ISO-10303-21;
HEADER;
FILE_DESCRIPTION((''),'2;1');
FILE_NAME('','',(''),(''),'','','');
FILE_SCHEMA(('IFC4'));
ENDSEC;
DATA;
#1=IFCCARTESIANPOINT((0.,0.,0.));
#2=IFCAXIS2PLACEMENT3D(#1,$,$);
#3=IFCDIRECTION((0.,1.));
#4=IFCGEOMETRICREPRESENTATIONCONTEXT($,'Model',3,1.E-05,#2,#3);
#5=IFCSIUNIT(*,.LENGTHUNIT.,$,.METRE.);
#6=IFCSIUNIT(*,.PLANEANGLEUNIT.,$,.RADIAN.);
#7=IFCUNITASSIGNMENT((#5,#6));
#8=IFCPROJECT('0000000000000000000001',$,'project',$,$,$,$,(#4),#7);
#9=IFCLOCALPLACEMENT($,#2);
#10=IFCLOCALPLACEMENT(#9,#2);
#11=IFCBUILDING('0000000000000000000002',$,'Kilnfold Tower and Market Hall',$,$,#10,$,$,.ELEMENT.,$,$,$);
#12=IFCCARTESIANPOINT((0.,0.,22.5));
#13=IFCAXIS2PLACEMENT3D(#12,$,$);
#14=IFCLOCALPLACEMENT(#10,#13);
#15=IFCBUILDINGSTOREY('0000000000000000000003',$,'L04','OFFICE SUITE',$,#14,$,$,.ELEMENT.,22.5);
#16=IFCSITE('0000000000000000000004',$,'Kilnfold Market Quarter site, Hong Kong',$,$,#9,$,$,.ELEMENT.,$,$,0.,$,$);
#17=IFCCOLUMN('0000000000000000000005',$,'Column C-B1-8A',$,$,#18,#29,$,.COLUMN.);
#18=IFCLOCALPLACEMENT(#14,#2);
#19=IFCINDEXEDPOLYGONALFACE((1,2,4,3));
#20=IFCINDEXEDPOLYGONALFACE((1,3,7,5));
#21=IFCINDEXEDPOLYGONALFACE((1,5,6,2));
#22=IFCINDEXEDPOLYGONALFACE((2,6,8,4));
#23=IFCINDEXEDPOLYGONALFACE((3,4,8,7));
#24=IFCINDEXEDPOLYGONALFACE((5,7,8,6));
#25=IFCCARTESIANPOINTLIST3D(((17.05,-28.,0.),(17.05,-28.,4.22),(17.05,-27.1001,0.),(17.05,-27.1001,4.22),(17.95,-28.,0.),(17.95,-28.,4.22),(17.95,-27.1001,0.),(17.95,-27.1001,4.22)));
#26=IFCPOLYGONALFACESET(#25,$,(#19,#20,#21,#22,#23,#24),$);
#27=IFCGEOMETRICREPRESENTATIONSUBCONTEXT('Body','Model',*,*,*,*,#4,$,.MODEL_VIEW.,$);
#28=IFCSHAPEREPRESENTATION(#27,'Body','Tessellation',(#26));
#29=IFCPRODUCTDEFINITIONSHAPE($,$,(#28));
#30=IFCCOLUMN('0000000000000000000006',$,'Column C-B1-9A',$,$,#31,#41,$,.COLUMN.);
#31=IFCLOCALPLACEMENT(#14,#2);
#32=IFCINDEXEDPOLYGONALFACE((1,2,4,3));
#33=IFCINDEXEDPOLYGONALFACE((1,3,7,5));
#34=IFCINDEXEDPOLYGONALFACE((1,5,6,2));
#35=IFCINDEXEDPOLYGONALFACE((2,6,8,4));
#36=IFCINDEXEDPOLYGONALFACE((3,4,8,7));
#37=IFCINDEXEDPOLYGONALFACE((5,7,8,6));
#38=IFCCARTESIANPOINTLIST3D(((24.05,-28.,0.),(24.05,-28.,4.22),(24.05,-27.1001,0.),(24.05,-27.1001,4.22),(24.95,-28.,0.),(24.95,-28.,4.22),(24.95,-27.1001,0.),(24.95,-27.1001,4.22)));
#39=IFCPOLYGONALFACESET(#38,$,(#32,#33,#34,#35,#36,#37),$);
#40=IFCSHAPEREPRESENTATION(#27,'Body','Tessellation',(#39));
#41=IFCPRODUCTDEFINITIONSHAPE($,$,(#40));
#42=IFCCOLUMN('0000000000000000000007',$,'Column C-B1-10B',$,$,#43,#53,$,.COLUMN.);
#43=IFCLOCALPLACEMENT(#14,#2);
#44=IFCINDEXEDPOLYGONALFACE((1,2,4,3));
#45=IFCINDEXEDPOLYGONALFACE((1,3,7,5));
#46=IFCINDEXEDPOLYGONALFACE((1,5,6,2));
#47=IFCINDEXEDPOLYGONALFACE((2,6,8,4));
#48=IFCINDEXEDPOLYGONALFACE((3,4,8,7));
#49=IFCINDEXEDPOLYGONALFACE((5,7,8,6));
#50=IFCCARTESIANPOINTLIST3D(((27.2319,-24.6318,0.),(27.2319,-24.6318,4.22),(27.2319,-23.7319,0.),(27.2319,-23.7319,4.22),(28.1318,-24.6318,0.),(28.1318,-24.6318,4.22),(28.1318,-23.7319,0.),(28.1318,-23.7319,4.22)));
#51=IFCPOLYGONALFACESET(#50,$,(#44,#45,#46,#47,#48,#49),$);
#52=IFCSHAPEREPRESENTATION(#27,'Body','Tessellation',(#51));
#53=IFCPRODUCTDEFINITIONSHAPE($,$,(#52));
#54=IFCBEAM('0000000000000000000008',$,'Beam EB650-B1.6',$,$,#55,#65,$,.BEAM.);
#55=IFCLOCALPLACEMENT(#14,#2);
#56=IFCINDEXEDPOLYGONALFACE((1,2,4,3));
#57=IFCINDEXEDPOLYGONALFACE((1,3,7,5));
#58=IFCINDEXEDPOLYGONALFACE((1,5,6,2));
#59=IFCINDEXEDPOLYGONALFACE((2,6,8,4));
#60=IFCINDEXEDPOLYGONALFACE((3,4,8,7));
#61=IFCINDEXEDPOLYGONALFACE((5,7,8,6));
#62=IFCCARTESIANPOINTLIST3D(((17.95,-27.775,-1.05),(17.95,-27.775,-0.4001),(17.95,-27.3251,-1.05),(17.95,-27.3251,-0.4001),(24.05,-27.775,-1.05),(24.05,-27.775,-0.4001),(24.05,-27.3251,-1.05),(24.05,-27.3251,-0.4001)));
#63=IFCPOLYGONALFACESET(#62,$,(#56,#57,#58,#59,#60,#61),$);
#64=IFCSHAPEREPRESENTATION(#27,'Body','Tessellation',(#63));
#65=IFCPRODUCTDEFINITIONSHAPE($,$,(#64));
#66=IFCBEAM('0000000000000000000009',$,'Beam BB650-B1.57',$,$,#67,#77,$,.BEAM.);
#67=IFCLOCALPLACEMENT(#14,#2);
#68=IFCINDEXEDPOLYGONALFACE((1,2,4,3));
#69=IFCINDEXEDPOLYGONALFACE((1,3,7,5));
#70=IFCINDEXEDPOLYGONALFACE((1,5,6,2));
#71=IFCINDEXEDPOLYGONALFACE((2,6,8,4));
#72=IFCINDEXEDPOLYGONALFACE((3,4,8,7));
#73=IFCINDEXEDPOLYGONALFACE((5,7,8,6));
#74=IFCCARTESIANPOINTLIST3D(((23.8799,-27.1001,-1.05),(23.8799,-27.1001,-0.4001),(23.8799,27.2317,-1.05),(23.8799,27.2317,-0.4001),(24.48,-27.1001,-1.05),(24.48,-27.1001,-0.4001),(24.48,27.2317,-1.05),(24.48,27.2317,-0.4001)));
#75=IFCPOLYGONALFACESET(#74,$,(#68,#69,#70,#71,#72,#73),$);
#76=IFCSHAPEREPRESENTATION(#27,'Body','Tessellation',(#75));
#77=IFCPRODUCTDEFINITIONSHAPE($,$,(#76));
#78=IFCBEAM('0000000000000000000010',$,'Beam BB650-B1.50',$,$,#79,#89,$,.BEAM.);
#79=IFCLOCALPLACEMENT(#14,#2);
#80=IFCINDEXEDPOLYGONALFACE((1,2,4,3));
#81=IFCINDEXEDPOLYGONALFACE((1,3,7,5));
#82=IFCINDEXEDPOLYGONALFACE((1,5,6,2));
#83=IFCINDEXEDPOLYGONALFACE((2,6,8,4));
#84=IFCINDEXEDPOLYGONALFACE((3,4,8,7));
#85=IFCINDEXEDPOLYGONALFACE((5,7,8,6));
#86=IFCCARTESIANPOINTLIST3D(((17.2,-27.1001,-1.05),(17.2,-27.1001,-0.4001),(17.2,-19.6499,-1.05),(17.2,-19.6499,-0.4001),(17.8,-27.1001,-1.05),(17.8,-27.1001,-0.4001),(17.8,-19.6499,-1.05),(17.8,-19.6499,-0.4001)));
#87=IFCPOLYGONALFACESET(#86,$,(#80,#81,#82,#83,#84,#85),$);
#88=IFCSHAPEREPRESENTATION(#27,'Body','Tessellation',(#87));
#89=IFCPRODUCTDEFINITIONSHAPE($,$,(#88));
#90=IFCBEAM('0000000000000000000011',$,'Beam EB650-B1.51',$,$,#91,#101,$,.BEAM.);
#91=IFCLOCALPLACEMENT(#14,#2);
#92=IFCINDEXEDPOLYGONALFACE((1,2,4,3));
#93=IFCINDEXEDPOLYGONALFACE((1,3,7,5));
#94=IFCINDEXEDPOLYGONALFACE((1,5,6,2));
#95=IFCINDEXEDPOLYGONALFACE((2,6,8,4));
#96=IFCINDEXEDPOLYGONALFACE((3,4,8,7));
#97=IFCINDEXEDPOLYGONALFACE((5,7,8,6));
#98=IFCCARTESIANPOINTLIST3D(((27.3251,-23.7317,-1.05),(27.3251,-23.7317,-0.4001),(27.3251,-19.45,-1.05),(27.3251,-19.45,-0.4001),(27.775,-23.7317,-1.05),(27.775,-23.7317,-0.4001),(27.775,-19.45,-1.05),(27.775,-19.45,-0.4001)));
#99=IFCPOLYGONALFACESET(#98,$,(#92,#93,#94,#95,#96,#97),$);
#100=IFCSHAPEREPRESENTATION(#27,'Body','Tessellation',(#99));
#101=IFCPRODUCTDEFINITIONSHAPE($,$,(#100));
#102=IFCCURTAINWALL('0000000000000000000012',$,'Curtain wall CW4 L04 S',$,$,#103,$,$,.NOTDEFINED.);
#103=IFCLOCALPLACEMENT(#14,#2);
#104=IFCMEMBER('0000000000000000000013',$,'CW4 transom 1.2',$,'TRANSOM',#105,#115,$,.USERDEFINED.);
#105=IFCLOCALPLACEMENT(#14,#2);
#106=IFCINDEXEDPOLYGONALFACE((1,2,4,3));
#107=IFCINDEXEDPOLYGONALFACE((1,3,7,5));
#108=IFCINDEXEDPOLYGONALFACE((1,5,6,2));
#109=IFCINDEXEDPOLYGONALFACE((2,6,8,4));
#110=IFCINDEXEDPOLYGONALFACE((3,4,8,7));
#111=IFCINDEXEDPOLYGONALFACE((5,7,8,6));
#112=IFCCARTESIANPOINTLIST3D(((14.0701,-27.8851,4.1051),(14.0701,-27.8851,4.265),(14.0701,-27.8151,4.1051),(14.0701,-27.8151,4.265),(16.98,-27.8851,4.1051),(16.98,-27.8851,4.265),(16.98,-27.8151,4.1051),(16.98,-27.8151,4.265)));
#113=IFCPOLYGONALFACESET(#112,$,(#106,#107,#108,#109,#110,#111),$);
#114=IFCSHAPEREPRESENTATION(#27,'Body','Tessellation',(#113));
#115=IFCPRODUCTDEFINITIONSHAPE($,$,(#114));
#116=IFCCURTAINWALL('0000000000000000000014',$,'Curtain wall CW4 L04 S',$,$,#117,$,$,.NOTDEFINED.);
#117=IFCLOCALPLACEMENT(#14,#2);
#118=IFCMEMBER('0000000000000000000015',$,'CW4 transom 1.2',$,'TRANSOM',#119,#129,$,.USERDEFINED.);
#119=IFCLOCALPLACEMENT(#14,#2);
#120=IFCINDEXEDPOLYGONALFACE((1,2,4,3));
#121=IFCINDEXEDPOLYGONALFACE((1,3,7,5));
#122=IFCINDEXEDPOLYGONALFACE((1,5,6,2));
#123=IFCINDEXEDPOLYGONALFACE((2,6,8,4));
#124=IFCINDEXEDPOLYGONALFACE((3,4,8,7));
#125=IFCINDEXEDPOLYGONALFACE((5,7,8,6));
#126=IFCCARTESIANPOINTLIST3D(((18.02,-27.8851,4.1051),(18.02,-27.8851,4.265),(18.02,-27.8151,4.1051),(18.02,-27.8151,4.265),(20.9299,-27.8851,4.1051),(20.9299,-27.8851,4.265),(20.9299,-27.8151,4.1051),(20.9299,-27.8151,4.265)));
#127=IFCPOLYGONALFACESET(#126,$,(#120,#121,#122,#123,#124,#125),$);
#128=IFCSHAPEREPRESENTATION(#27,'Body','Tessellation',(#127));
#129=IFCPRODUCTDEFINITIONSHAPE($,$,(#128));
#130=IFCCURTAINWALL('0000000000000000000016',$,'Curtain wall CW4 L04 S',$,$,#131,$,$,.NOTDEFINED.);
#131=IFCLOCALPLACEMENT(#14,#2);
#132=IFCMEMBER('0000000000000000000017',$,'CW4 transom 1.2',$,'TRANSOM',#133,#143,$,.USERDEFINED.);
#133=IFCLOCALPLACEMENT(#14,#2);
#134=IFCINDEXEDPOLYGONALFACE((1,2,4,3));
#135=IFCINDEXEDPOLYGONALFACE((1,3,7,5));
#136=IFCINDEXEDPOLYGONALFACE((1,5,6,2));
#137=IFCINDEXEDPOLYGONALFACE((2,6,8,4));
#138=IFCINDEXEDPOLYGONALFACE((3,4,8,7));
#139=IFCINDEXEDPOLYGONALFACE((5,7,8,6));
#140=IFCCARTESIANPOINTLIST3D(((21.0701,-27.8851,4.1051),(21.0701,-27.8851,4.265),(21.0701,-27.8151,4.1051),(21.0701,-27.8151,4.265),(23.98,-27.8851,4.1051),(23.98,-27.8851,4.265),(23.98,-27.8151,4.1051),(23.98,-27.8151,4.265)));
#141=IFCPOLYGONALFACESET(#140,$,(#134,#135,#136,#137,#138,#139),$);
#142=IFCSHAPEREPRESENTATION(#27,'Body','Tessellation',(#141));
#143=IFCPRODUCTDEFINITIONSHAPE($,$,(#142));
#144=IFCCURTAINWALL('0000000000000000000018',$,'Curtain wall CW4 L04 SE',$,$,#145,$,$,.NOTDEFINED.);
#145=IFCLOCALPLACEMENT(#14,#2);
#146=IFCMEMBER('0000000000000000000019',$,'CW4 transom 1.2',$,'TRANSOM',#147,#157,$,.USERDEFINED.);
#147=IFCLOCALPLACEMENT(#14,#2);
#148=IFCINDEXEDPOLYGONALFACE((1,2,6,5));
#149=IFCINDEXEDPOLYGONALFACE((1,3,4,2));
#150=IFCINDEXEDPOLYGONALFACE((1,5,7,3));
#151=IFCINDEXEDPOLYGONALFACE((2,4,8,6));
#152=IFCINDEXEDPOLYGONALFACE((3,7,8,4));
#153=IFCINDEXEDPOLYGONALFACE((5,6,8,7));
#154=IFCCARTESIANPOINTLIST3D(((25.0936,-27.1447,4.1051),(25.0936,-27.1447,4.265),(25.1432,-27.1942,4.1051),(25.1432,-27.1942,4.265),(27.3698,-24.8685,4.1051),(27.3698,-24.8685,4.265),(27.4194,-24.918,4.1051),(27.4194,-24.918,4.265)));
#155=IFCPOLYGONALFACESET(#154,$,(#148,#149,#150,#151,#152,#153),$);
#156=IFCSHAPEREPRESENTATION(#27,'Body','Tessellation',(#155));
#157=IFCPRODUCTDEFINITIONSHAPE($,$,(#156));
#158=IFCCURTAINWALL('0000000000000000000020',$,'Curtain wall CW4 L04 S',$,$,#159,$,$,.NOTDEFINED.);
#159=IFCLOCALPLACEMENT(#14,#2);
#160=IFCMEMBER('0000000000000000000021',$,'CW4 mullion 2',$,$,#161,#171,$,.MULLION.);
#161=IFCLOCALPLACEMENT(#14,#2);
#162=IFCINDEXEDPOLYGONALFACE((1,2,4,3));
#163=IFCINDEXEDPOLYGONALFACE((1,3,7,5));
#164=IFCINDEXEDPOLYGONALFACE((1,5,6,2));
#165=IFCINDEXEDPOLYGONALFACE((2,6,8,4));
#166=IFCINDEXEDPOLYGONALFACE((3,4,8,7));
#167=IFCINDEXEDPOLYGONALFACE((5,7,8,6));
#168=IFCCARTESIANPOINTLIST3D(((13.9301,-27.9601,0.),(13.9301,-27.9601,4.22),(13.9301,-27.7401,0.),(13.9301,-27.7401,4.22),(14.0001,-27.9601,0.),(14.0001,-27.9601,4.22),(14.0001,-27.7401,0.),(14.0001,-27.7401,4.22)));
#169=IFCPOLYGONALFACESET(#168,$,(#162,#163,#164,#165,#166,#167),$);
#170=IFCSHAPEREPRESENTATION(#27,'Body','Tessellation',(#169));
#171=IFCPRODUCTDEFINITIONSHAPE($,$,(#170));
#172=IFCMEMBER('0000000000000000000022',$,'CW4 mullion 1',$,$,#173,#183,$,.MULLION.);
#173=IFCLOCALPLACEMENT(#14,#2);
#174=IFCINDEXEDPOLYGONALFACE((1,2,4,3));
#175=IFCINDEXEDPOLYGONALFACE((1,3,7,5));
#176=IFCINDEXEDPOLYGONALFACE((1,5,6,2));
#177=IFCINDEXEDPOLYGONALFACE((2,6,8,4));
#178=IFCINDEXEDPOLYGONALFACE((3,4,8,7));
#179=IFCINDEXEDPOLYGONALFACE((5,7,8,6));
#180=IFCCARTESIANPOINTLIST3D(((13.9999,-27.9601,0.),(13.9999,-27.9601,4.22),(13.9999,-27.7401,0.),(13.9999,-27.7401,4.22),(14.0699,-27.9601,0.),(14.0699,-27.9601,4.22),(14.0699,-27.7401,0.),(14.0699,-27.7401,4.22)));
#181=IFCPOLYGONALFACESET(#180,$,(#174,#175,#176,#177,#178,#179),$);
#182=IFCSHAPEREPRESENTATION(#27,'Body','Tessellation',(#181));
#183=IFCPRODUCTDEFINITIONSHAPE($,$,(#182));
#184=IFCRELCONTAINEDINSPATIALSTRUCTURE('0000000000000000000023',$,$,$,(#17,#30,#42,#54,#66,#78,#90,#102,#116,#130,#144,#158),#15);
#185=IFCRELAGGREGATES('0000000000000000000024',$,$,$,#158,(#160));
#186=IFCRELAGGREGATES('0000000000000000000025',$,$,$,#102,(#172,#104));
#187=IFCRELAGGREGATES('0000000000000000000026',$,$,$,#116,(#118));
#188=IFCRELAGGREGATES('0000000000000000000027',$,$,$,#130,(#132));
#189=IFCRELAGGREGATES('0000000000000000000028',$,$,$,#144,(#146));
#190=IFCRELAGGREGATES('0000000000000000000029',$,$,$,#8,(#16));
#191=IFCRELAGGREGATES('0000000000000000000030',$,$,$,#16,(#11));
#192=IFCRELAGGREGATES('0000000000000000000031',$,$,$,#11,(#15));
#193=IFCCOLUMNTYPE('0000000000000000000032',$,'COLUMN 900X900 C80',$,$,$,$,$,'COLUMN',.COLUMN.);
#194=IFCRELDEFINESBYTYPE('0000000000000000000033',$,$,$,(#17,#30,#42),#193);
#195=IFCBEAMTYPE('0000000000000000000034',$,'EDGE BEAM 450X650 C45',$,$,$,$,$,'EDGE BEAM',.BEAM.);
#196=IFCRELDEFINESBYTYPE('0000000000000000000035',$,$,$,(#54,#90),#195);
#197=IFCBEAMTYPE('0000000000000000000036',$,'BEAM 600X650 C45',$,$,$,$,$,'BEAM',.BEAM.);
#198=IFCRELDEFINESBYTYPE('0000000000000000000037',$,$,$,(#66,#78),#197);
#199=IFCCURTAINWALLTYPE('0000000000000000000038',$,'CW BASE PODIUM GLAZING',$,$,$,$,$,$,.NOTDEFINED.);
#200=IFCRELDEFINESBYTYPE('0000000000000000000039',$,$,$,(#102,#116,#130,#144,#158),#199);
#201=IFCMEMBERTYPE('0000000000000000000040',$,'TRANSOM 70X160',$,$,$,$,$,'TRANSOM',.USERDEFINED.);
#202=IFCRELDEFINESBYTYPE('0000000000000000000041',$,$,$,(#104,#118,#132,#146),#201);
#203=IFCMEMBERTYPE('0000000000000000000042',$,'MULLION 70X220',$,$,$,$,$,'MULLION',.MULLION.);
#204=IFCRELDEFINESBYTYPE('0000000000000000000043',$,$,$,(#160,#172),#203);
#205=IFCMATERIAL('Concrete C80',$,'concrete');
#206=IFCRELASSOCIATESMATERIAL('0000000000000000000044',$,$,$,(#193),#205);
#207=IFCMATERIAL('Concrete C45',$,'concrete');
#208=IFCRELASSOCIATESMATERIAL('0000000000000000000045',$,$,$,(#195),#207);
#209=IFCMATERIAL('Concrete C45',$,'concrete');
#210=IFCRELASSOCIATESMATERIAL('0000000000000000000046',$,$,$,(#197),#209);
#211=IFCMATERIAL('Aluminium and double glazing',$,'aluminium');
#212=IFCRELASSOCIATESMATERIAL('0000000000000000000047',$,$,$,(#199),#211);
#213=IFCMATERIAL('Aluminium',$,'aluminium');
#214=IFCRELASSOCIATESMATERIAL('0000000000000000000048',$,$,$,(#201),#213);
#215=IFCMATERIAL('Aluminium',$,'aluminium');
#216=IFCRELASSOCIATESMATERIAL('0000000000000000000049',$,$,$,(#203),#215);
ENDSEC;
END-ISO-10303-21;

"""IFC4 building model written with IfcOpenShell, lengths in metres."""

from ifc_helpers import new_model, si_unit, direction, frame, origin, origin_2d, place, context, subcontext, project, spatial, rectangle, extrude, source, transform, mapped, material, material_profile, profile_set, type_object, element, aggregate, save


model = new_model("IFC4")

# Units and contexts
model_context = context("Model", 3, precision=1e-05, world=origin(), true_north=direction((0.0, 1.0)))
body_context = subcontext(model_context, "Body", "Model", "MODEL_VIEW")
ifc_project = project(units=[si_unit("LENGTHUNIT", "METRE"), si_unit("PLANEANGLEUNIT", "RADIAN")], contexts=[model_context])

# Site, building, storey
site_placement = place(None, origin())
site = spatial("IfcSite", under=ifc_project, at=site_placement, Name="Kilnfold Market Quarter site, Hong Kong", CompositionType="ELEMENT", RefElevation=0.0)
building_placement = place(site_placement, origin())
building = spatial("IfcBuilding", under=site, at=building_placement, Name="Kilnfold Tower and Market Hall", CompositionType="ELEMENT")
storey_placement = place(building_placement, frame((0.0, 0.0, 22.5)))
storey = spatial("IfcBuildingStorey", under=building, at=storey_placement, Name="L04", Description="OFFICE SUITE", CompositionType="ELEMENT", Elevation=22.5)

# Columns
ifc_material_1 = material(Name="Concrete C80", Category="concrete")
ifc_material_profile_1 = material_profile(ifc_material_1, rectangle(XDim=0.8999, YDim=0.8999, at=origin_2d()), Name="RC 900x900")
ifc_profile_set_1 = profile_set([ifc_material_profile_1], Name="Concrete C80")
column_type = type_object("IfcColumnType", Name="COLUMN 900X900 C80", ElementType="COLUMN", PredefinedType="COLUMN", material=ifc_profile_set_1)
shared_shape_1 = source(origin(), body_context, "Body", "SweptSolid", [
    extrude(rectangle(XDim=0.8999, YDim=0.8999, at=origin_2d()), origin(), (0.0, 0.0, 1.0), 4.22),
])
for number, where, z_axis, x_axis, name in (
    (1, (17.5, -27.55, 0.0), (0.0, 0.0, 1.0), (1.0, 0.0, 0.0), "Column C-B1-8A"),
    (2, (24.5, -27.55, 0.0), (0.0, 0.0, 1.0), (1.0, 0.0, 0.0), "Column C-B1-9A"),
    (3, (27.6819, -24.1819, 0.0), (0.0, 0.0, 1.0), (1.0, 0.0, 0.0), "Column C-B1-10B"),
):
    element("IfcColumn", number, at=place(storey_placement, frame(where, z_axis=z_axis, x_axis=x_axis)), inside=storey, type_object=column_type, Name=name, PredefinedType="COLUMN", context=body_context, shape_type="MappedRepresentation", body=[
        mapped(shared_shape_1, transform((0.0, 0.0, 0.0))),
    ])

# Beams
ifc_material_2 = material(Name="Concrete C45", Category="concrete")
ifc_material_profile_2 = material_profile(ifc_material_2, rectangle(XDim=0.45, YDim=0.6499, at=origin_2d()), Name="RC 450x650")
ifc_profile_set_2 = profile_set([ifc_material_profile_2], Name="Concrete C45")
beam_type_1 = type_object("IfcBeamType", Name="EDGE BEAM 450X650 C45", ElementType="EDGE BEAM", PredefinedType="BEAM", material=ifc_profile_set_2)
shared_shape_2 = source(origin(), body_context, "Body", "SweptSolid", [
    extrude(rectangle(XDim=0.45, YDim=0.6499, at=origin_2d()), origin(), (0.0, 0.0, 1.0), 6.1001),
])
beam_1_placement = place(storey_placement, frame((17.95, -27.55, -0.7251), z_axis=(1.0, 0.0, 0.0), x_axis=(0.0, 1.0, 0.0)))
element("IfcBeam", 4, at=beam_1_placement, inside=storey, type_object=beam_type_1, Name="Beam EB650-B1.6", PredefinedType="BEAM", context=body_context, shape_type="MappedRepresentation", body=[
    mapped(shared_shape_2, transform((0.0, 0.0, 0.0))),
])
ifc_material_3 = material(Name="Concrete C45", Category="concrete")
ifc_material_profile_3 = material_profile(ifc_material_3, rectangle(XDim=0.6001, YDim=0.6499, at=origin_2d()), Name="RC 600x650")
ifc_profile_set_3 = profile_set([ifc_material_profile_3], Name="Concrete C45")
beam_type_2 = type_object("IfcBeamType", Name="BEAM 600X650 C45", ElementType="BEAM", PredefinedType="BEAM", material=ifc_profile_set_3)
shared_shape_3 = source(origin(), body_context, "Body", "SweptSolid", [
    extrude(rectangle(XDim=0.6001, YDim=0.6499, at=origin_2d()), origin(), (0.0, 0.0, 1.0), 54.3318),
])
beam_2_placement = place(storey_placement, frame((24.1799, -27.1001, -0.7251), z_axis=(0.0, 1.0, 0.0), x_axis=(-1.0, 0.0, 0.0)))
element("IfcBeam", 5, at=beam_2_placement, inside=storey, type_object=beam_type_2, Name="Beam BB650-B1.57", PredefinedType="BEAM", context=body_context, shape_type="MappedRepresentation", body=[
    mapped(shared_shape_3, transform((0.0, 0.0, 0.0))),
])
shared_shape_4 = source(origin(), body_context, "Body", "SweptSolid", [
    extrude(rectangle(XDim=0.6001, YDim=0.6499, at=origin_2d()), origin(), (0.0, 0.0, 1.0), 7.4502),
])
beam_3_placement = place(storey_placement, frame((17.5, -27.1001, -0.7251), z_axis=(0.0, 1.0, 0.0), x_axis=(-1.0, 0.0, 0.0)))
element("IfcBeam", 6, at=beam_3_placement, inside=storey, type_object=beam_type_2, Name="Beam BB650-B1.50", PredefinedType="BEAM", context=body_context, shape_type="MappedRepresentation", body=[
    mapped(shared_shape_4, transform((0.0, 0.0, 0.0))),
])
shared_shape_5 = source(origin(), body_context, "Body", "SweptSolid", [
    extrude(rectangle(XDim=0.45, YDim=0.6499, at=origin_2d()), origin(), (0.0, 0.0, 1.0), 4.2817),
])
beam_4_placement = place(storey_placement, frame((27.55, -23.7317, -0.7251), z_axis=(0.0, 1.0, 0.0), x_axis=(-1.0, 0.0, 0.0)))
element("IfcBeam", 7, at=beam_4_placement, inside=storey, type_object=beam_type_1, Name="Beam EB650-B1.51", PredefinedType="BEAM", context=body_context, shape_type="MappedRepresentation", body=[
    mapped(shared_shape_5, transform((0.0, 0.0, 0.0))),
])

# Curtain walls, members
ifc_material_4 = material(Name="Aluminium and double glazing", Category="aluminium")
curtain_wall_type = type_object("IfcCurtainWallType", Name="CW BASE PODIUM GLAZING", PredefinedType="NOTDEFINED", material=ifc_material_4)
curtain_wall_1_placement = place(storey_placement, origin())
curtain_wall_1 = element("IfcCurtainWall", 8, at=curtain_wall_1_placement, inside=storey, type_object=curtain_wall_type, Name="Curtain wall CW4 L04 S", PredefinedType="NOTDEFINED")
ifc_material_5 = material(Name="Aluminium", Category="aluminium")
ifc_material_profile_4 = material_profile(ifc_material_5, rectangle(XDim=0.0701, YDim=0.1599, at=origin_2d()), Name="TRANSOM 70x160")
ifc_profile_set_4 = profile_set([ifc_material_profile_4], Name="Aluminium")
member_type_1 = type_object("IfcMemberType", Name="TRANSOM 70X160", ElementType="TRANSOM", PredefinedType="USERDEFINED", material=ifc_profile_set_4)
shared_shape_6 = source(origin(), body_context, "Body", "SweptSolid", [
    extrude(rectangle(XDim=0.0701, YDim=0.1599, at=origin_2d()), origin(), (0.0, 0.0, 1.0), 2.9099),
])
member_1_placement = place(storey_placement, frame((14.0701, -27.8501, 4.1851), z_axis=(1.0, 0.0, 0.0), x_axis=(0.0, 1.0, 0.0)))
member_1 = element("IfcMember", 9, at=member_1_placement, type_object=member_type_1, Name="CW4 transom 1.2", ObjectType="TRANSOM", PredefinedType="USERDEFINED", context=body_context, shape_type="MappedRepresentation", body=[
    mapped(shared_shape_6, transform((0.0, 0.0, 0.0))),
])
curtain_wall_2_placement = place(storey_placement, origin())
curtain_wall_2 = element("IfcCurtainWall", 10, at=curtain_wall_2_placement, inside=storey, type_object=curtain_wall_type, Name="Curtain wall CW4 L04 S", PredefinedType="NOTDEFINED")
member_2_placement = place(storey_placement, frame((18.02, -27.8501, 4.1851), z_axis=(1.0, 0.0, 0.0), x_axis=(0.0, 1.0, 0.0)))
member_2 = element("IfcMember", 11, at=member_2_placement, type_object=member_type_1, Name="CW4 transom 1.2", ObjectType="TRANSOM", PredefinedType="USERDEFINED", context=body_context, shape_type="MappedRepresentation", body=[
    mapped(shared_shape_6, transform((0.0, 0.0, 0.0))),
])
curtain_wall_3_placement = place(storey_placement, origin())
curtain_wall_3 = element("IfcCurtainWall", 12, at=curtain_wall_3_placement, inside=storey, type_object=curtain_wall_type, Name="Curtain wall CW4 L04 S", PredefinedType="NOTDEFINED")
member_3_placement = place(storey_placement, frame((21.0701, -27.8501, 4.1851), z_axis=(1.0, 0.0, 0.0), x_axis=(0.0, 1.0, 0.0)))
member_3 = element("IfcMember", 13, at=member_3_placement, type_object=member_type_1, Name="CW4 transom 1.2", ObjectType="TRANSOM", PredefinedType="USERDEFINED", context=body_context, shape_type="MappedRepresentation", body=[
    mapped(shared_shape_6, transform((0.0, 0.0, 0.0))),
])
curtain_wall_4_placement = place(storey_placement, origin())
curtain_wall_4 = element("IfcCurtainWall", 14, at=curtain_wall_4_placement, inside=storey, type_object=curtain_wall_type, Name="Curtain wall CW4 L04 SE", PredefinedType="NOTDEFINED")
shared_shape_7 = source(origin(), body_context, "Body", "SweptSolid", [
    extrude(rectangle(XDim=0.0701, YDim=0.1599, at=origin_2d()), origin(), (0.0, 0.0, 1.0), 3.219),
])
member_4_placement = place(storey_placement, frame((25.1184, -27.1694, 4.1851), z_axis=(0.707107, 0.707107, 0.0), x_axis=(-0.707107, 0.707107, 0.0)))
member_4 = element("IfcMember", 15, at=member_4_placement, type_object=member_type_1, Name="CW4 transom 1.2", ObjectType="TRANSOM", PredefinedType="USERDEFINED", context=body_context, shape_type="MappedRepresentation", body=[
    mapped(shared_shape_7, transform((0.0, 0.0, 0.0))),
])
curtain_wall_5_placement = place(storey_placement, origin())
curtain_wall_5 = element("IfcCurtainWall", 16, at=curtain_wall_5_placement, inside=storey, type_object=curtain_wall_type, Name="Curtain wall CW4 L04 S", PredefinedType="NOTDEFINED")
ifc_material_6 = material(Name="Aluminium", Category="aluminium")
ifc_material_profile_5 = material_profile(ifc_material_6, rectangle(XDim=0.0701, YDim=0.22, at=origin_2d()), Name="MULLION 70x220")
ifc_profile_set_5 = profile_set([ifc_material_profile_5], Name="Aluminium")
member_type_2 = type_object("IfcMemberType", Name="MULLION 70X220", ElementType="MULLION", PredefinedType="MULLION", material=ifc_profile_set_5)
shared_shape_8 = source(origin(), body_context, "Body", "SweptSolid", [
    extrude(rectangle(XDim=0.0701, YDim=0.22, at=origin_2d()), origin(), (0.0, 0.0, 1.0), 4.22),
])
member_5_placement = place(storey_placement, frame((13.9651, -27.8501, 0.0), z_axis=(0.0, 0.0, 1.0), x_axis=(1.0, 0.0, 0.0)))
member_5 = element("IfcMember", 17, at=member_5_placement, type_object=member_type_2, Name="CW4 mullion 2", PredefinedType="MULLION", context=body_context, shape_type="MappedRepresentation", body=[
    mapped(shared_shape_8, transform((0.0, 0.0, 0.0))),
])

# Member
member_6_placement = place(storey_placement, frame((14.0349, -27.8501, 0.0), z_axis=(0.0, 0.0, 1.0), x_axis=(1.0, 0.0, 0.0)))
member_6 = element("IfcMember", 18, at=member_6_placement, type_object=member_type_2, Name="CW4 mullion 1", PredefinedType="MULLION", context=body_context, shape_type="MappedRepresentation", body=[
    mapped(shared_shape_8, transform((0.0, 0.0, 0.0))),
])

aggregate(curtain_wall_5, [member_5])
aggregate(curtain_wall_1, [member_6, member_1])
aggregate(curtain_wall_2, [member_2])
aggregate(curtain_wall_3, [member_3])
aggregate(curtain_wall_4, [member_4])

save(model, "model.ifc")
